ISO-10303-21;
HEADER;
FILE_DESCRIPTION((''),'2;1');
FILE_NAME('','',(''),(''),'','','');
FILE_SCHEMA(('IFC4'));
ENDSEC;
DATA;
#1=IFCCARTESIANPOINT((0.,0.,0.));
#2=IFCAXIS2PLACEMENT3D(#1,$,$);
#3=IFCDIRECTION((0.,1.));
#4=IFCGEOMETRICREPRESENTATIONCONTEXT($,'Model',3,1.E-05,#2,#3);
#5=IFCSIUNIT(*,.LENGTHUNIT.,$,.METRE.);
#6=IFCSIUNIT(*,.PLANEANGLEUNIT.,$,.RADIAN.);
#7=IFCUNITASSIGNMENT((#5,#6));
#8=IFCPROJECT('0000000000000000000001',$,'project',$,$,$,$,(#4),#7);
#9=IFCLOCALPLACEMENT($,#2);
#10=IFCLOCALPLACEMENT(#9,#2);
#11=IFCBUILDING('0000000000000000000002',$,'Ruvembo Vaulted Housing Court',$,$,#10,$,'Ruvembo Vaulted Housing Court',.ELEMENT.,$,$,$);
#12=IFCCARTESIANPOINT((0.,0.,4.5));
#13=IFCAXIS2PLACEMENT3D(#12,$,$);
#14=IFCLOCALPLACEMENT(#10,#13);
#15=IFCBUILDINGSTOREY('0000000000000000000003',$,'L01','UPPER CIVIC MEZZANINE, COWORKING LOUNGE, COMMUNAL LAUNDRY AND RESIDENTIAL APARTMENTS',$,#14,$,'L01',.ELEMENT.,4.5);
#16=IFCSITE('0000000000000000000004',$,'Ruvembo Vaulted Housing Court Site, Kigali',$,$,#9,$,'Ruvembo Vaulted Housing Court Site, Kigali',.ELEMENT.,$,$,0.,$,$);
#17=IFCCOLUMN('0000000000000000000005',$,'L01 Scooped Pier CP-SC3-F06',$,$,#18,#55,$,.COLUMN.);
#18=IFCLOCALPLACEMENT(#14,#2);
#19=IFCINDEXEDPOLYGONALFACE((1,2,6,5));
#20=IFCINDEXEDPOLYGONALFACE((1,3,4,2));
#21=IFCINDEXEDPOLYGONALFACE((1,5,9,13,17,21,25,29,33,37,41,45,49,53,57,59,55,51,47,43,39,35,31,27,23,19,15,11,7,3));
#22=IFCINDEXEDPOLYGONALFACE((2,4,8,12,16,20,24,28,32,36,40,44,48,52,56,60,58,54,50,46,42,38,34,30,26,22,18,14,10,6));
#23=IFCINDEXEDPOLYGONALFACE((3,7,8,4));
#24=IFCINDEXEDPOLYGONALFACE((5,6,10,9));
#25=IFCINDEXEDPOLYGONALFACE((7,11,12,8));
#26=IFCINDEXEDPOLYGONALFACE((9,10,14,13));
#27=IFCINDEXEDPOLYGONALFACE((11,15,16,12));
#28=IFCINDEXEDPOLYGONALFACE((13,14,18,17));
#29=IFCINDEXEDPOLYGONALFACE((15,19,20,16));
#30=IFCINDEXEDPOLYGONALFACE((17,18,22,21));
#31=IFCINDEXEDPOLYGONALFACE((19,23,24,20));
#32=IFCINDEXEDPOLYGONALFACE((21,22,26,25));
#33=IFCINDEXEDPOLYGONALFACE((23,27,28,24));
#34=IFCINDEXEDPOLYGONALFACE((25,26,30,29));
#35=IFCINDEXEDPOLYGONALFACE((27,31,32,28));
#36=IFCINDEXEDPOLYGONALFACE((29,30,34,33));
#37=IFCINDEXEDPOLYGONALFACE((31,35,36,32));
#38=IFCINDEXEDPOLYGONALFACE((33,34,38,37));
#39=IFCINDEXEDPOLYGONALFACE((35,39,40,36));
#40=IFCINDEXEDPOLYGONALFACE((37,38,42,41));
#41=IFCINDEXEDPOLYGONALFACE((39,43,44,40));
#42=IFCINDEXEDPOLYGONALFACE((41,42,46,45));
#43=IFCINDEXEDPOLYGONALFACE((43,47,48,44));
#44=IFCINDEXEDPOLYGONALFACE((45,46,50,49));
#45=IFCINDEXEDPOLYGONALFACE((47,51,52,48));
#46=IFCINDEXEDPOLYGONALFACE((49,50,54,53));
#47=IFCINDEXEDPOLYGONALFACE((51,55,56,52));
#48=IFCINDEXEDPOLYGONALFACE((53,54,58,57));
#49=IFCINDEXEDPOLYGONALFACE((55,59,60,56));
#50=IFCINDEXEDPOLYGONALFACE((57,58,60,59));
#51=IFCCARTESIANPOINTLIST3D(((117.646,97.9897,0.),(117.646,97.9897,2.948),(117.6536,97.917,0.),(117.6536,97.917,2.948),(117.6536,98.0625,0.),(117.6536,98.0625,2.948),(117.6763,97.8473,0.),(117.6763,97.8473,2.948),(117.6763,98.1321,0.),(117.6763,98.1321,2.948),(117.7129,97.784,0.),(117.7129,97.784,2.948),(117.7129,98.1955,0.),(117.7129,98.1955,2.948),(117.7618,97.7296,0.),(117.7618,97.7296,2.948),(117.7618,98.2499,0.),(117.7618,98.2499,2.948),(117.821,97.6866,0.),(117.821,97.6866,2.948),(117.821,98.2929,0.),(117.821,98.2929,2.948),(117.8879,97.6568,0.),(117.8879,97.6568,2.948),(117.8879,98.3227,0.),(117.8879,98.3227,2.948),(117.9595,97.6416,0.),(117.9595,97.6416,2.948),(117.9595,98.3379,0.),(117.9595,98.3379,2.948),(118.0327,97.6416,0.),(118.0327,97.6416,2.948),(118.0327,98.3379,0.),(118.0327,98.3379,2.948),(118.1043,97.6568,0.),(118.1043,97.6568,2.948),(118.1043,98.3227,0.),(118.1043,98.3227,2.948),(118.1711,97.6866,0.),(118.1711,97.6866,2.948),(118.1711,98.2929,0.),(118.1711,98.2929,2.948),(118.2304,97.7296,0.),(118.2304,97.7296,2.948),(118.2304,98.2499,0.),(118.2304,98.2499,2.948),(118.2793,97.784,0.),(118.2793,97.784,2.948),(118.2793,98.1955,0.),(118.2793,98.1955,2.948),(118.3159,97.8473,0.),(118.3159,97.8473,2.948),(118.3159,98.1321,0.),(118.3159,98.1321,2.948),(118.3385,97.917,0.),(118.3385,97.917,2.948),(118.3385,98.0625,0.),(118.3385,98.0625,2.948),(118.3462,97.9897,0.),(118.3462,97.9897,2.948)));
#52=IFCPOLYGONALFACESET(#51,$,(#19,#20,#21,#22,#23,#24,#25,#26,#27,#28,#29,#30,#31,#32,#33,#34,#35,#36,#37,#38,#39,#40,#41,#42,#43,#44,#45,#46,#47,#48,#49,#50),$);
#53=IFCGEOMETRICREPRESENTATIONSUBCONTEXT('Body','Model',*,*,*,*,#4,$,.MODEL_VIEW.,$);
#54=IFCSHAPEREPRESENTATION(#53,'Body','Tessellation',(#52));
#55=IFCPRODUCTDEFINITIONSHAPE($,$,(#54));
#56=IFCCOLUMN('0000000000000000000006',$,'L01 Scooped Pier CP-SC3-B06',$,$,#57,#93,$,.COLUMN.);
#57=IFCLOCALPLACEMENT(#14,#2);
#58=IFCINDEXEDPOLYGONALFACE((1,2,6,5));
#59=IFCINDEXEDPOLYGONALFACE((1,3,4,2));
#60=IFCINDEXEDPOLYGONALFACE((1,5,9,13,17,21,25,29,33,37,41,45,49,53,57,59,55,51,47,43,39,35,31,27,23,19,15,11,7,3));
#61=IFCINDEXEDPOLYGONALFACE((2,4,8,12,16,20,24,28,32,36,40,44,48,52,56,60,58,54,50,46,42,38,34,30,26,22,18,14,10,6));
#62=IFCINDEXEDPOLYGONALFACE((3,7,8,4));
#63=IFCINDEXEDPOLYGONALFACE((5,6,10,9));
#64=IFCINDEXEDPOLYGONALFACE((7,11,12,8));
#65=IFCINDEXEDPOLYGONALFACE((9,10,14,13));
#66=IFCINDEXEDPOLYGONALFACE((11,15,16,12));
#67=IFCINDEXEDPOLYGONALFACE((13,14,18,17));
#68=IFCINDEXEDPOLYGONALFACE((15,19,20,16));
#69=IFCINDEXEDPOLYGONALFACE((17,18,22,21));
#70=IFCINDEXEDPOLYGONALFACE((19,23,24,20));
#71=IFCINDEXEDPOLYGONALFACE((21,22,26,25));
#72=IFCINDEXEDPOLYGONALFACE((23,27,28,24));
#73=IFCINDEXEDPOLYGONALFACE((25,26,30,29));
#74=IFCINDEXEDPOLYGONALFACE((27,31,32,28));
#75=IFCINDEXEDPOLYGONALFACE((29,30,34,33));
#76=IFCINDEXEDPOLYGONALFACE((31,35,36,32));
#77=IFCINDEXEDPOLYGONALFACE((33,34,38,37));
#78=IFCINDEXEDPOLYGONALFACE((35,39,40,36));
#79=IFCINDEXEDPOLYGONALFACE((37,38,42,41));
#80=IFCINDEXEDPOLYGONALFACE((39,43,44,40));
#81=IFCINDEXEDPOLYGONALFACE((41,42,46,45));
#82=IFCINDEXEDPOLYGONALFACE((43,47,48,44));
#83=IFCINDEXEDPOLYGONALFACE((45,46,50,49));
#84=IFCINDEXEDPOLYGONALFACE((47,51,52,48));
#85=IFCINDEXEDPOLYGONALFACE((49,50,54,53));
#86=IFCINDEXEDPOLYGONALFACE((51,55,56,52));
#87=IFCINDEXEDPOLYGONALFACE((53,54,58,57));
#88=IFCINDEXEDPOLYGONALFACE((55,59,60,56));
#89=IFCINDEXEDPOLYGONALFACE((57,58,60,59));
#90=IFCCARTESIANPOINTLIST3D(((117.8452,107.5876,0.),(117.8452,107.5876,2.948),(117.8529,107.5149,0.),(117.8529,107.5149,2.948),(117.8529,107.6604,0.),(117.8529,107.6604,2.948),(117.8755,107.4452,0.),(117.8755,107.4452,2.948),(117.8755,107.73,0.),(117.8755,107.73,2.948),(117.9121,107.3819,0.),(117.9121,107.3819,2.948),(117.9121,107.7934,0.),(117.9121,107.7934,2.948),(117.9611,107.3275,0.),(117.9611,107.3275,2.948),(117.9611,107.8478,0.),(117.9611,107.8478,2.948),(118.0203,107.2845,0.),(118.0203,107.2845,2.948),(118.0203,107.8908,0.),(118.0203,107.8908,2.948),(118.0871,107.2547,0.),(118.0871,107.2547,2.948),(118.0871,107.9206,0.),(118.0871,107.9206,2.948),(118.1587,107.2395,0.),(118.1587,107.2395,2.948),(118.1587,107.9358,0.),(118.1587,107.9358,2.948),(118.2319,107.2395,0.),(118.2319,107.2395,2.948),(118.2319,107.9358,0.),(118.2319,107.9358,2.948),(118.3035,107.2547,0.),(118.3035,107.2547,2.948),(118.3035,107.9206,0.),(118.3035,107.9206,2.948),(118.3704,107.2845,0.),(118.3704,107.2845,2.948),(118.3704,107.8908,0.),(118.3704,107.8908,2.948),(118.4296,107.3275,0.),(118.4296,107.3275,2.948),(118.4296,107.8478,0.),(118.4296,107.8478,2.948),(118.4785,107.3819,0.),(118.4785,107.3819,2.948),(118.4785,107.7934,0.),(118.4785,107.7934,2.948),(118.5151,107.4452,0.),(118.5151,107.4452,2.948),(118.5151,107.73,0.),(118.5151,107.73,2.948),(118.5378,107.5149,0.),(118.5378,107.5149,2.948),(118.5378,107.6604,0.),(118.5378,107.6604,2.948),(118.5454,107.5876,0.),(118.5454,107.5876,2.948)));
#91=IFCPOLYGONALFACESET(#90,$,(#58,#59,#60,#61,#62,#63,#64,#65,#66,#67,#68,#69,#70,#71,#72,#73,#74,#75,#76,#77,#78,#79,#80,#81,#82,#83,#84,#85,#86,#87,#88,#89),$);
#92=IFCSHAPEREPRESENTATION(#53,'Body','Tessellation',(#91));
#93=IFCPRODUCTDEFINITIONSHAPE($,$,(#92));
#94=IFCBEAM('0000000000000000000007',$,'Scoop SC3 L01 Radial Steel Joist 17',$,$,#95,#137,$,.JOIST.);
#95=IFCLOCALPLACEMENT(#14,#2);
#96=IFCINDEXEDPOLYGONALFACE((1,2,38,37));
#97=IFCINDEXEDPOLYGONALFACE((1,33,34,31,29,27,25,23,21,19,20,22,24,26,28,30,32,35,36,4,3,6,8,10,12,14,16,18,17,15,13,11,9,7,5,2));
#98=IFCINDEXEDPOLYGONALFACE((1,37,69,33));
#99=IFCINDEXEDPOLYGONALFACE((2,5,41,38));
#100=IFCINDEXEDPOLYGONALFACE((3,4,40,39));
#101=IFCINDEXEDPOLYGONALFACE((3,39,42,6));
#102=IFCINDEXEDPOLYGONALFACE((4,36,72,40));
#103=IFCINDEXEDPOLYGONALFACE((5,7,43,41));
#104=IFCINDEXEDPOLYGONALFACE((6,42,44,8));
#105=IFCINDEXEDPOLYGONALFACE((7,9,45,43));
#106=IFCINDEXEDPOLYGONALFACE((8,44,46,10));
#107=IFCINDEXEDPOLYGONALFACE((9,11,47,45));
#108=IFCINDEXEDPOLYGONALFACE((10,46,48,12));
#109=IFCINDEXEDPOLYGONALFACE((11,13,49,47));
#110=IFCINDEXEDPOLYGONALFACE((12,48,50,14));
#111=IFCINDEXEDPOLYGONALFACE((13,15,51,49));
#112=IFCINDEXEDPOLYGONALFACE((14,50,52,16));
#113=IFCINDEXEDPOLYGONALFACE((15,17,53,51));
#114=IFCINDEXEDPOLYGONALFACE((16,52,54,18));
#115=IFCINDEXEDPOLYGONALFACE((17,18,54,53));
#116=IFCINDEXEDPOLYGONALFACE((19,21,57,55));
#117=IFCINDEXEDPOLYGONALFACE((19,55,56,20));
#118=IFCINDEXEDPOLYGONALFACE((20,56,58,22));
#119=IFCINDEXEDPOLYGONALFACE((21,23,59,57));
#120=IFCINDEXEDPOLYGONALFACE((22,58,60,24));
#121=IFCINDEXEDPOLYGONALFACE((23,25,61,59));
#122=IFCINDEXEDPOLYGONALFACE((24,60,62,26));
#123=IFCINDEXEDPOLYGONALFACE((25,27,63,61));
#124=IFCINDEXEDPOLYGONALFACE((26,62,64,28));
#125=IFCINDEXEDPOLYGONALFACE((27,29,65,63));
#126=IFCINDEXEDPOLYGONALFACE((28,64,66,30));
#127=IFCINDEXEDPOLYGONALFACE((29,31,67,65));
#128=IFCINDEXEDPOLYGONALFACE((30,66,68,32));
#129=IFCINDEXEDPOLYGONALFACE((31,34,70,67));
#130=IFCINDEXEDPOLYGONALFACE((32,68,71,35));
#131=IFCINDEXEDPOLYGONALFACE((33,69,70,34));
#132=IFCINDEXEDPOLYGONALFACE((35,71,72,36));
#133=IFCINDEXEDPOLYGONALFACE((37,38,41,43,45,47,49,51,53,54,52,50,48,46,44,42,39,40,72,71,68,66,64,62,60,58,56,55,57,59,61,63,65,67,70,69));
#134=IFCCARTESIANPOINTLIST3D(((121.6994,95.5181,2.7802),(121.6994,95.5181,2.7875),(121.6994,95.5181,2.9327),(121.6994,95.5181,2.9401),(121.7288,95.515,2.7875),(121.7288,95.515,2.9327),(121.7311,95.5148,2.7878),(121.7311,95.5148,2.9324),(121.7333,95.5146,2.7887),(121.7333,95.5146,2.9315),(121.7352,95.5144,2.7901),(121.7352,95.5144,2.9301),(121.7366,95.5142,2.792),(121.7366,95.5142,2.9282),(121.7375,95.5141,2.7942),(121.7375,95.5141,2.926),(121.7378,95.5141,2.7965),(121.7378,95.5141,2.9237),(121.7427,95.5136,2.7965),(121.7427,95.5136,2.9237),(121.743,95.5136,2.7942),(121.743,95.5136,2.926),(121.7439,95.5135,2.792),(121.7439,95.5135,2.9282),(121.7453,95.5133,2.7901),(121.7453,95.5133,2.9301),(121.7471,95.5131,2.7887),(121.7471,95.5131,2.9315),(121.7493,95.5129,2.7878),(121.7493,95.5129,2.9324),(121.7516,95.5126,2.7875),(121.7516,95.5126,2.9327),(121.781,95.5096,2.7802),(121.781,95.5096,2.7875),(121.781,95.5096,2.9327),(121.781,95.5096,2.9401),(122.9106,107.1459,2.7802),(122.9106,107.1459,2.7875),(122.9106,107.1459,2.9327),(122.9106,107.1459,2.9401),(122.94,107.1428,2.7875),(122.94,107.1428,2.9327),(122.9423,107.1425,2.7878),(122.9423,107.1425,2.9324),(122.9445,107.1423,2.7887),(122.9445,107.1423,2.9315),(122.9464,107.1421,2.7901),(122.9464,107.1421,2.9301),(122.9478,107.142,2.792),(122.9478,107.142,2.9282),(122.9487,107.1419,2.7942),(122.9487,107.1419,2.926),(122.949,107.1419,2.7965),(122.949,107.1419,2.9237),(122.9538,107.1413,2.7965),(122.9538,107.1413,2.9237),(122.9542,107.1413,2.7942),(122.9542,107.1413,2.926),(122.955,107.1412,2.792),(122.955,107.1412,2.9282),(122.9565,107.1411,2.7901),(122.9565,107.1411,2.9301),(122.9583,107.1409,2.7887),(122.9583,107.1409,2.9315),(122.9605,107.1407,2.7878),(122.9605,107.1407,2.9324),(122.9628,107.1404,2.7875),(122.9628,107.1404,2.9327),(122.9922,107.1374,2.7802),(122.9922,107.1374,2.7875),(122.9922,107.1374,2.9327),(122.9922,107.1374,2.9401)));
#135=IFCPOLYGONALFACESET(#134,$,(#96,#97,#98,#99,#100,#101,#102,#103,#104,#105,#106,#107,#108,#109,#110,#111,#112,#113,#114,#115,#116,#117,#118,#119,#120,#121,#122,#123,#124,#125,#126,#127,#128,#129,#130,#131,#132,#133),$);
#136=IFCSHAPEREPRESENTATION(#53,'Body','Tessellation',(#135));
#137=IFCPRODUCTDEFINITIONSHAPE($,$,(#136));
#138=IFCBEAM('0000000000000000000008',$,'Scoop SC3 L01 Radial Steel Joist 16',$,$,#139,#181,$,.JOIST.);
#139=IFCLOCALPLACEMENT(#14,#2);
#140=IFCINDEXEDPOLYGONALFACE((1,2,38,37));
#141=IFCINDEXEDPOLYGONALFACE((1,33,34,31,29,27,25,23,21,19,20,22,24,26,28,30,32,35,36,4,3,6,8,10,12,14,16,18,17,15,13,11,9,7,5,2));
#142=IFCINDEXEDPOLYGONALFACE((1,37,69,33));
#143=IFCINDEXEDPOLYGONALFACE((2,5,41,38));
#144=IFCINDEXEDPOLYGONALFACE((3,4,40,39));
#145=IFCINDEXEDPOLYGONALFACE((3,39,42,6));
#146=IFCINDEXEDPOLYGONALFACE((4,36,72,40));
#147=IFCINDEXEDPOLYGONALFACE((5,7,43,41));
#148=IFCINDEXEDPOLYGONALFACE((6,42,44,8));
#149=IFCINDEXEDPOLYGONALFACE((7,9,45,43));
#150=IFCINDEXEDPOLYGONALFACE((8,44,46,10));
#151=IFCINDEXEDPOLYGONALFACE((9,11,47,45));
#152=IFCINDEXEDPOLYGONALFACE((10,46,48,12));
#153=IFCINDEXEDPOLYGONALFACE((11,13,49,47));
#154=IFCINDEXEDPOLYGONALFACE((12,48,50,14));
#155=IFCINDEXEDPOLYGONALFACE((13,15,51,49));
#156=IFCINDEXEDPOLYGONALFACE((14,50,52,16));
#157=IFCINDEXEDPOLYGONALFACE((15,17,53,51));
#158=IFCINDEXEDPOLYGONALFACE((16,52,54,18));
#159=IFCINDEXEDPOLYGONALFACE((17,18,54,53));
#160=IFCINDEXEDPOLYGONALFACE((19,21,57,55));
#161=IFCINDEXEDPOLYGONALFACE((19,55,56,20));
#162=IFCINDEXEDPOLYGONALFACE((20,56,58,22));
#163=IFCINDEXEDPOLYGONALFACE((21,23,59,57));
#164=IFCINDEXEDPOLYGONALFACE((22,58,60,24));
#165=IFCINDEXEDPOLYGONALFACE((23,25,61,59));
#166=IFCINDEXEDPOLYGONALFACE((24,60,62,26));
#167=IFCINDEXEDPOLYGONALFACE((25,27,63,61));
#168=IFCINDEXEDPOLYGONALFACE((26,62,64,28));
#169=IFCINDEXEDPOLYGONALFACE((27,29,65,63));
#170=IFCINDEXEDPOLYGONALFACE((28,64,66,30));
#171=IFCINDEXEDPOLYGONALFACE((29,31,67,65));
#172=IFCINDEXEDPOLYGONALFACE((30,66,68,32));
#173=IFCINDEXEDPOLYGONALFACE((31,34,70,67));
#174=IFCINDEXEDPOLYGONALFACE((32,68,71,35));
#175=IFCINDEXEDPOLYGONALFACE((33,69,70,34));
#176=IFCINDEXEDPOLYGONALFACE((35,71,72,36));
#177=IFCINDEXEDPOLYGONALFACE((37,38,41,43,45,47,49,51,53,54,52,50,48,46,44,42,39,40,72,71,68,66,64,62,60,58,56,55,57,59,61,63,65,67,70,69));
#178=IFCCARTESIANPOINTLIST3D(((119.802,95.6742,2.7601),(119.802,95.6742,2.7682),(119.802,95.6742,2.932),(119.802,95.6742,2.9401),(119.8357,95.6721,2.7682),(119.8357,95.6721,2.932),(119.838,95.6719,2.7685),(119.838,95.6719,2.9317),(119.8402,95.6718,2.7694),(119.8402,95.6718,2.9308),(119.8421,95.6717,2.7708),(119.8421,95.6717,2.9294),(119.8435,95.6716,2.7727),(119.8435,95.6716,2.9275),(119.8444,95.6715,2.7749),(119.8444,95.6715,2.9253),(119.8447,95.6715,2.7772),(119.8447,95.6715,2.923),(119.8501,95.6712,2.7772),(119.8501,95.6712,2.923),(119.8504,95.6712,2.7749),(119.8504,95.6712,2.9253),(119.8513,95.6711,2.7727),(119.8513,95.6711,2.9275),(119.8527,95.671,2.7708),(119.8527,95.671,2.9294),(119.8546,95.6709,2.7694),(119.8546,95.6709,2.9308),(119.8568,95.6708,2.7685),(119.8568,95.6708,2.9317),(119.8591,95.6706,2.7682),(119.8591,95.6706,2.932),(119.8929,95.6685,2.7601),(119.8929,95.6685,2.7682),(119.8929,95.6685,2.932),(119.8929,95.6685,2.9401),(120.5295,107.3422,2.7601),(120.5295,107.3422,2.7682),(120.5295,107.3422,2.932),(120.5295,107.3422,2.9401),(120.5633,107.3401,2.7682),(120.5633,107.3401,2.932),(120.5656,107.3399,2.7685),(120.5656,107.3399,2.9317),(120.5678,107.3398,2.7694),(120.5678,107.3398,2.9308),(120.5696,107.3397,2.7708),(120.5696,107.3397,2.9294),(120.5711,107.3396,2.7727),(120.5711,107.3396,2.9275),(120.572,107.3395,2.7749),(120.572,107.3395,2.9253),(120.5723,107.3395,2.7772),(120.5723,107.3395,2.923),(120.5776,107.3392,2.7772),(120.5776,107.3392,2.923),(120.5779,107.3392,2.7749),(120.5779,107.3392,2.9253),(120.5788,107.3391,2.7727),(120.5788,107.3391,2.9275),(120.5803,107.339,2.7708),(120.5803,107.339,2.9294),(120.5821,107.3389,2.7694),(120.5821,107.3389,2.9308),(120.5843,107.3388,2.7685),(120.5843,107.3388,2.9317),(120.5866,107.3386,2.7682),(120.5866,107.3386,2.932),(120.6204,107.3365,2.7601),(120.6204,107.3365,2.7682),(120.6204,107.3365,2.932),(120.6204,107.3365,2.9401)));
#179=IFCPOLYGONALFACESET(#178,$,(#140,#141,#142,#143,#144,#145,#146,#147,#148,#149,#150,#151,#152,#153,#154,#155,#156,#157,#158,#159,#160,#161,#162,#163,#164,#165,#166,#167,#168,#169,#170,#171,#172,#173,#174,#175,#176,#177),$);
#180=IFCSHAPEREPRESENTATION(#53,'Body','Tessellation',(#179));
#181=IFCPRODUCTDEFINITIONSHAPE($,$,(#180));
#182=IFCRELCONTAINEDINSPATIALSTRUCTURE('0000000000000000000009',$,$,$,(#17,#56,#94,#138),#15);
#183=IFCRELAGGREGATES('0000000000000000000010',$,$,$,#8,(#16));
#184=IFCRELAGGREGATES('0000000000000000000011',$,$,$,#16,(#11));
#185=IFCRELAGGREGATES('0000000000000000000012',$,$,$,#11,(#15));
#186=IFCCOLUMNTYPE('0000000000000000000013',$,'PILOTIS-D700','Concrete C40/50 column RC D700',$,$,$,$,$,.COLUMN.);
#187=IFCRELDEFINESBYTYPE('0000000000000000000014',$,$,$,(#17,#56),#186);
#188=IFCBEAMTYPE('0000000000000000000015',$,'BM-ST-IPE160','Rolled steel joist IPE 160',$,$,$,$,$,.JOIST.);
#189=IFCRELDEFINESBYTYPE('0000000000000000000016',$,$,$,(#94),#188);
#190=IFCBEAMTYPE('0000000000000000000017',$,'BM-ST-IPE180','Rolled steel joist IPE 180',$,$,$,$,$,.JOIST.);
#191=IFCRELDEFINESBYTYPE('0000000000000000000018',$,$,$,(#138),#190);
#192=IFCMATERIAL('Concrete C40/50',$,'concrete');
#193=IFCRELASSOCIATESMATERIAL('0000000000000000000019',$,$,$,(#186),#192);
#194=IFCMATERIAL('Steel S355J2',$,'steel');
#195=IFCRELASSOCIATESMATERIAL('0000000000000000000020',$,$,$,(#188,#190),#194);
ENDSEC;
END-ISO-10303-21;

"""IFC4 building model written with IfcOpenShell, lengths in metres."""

from ifc_helpers import new_model, si_unit, direction, frame, origin, origin_2d, place, context, subcontext, project, spatial, circle, i_section, extrude, material, material_profile, profile_set, type_object, element, save


model = new_model("IFC4")

# Units and contexts
model_context = context("Model", 3, precision=1e-05, world=origin(), true_north=direction((0.0, 1.0)))
body_context = subcontext(model_context, "Body", "Model", "MODEL_VIEW")
ifc_project = project(units=[si_unit("LENGTHUNIT", "METRE"), si_unit("PLANEANGLEUNIT", "RADIAN")], contexts=[model_context])

# Site, building, storey
site_placement = place(None, origin())
site = spatial("IfcSite", under=ifc_project, at=site_placement, Name="Ruvembo Vaulted Housing Court Site, Kigali", LongName="Ruvembo Vaulted Housing Court Site, Kigali", CompositionType="ELEMENT", RefElevation=0.0)
building_placement = place(site_placement, origin())
building = spatial("IfcBuilding", under=site, at=building_placement, Name="Ruvembo Vaulted Housing Court", LongName="Ruvembo Vaulted Housing Court", CompositionType="ELEMENT")
storey_placement = place(building_placement, frame((0.0, 0.0, 4.5)))
storey = spatial("IfcBuildingStorey", under=building, at=storey_placement, Name="L01", Description="UPPER CIVIC MEZZANINE, COWORKING LOUNGE, COMMUNAL LAUNDRY AND RESIDENTIAL APARTMENTS", LongName="L01", CompositionType="ELEMENT", Elevation=4.5)

# Columns
ifc_material_1 = material(Name="Concrete C40/50", Category="concrete")
ifc_material_profile_1 = material_profile(ifc_material_1, circle(Radius=0.3501, at=origin_2d()), Name="RC D700")
ifc_profile_set_1 = profile_set([ifc_material_profile_1], Name="Concrete C40/50")
column_type = type_object("IfcColumnType", Name="PILOTIS-D700", Description="Concrete C40/50 column RC D700", PredefinedType="COLUMN", material=ifc_profile_set_1)
for number, where, z_axis, x_axis, name in (
    (1, (117.9961, 97.9897, 0.0), (0.0, 0.0, 1.0), (1.0, 0.0, 0.0), "L01 Scooped Pier CP-SC3-F06"),
    (2, (118.1953, 107.5876, 0.0), (0.0, 0.0, 1.0), (1.0, 0.0, 0.0), "L01 Scooped Pier CP-SC3-B06"),
):
    element("IfcColumn", number, at=place(storey_placement, frame(where, z_axis=z_axis, x_axis=x_axis)), inside=storey, type_object=column_type, Name=name, PredefinedType="COLUMN", context=body_context, shape_type="SweptSolid", body=[
        extrude(circle(Radius=0.3501, at=origin_2d()), origin(), (0.0, 0.0, 1.0), 2.948),
    ])

# Beams
ifc_material_2 = material(Name="Steel S355J2", Category="steel")
ifc_material_profile_2 = material_profile(ifc_material_2, i_section(OverallWidth=0.082, OverallDepth=0.1599, WebThickness=0.0049, FlangeThickness=0.0073, FilletRadius=0.009, at=origin_2d()), Name="IPE 160")
ifc_profile_set_2 = profile_set([ifc_material_profile_2], Name="Steel S355J2")
beam_type_1 = type_object("IfcBeamType", Name="BM-ST-IPE160", Description="Rolled steel joist IPE 160", PredefinedType="JOIST", material=ifc_profile_set_2)
beam_1_placement = place(storey_placement, frame((122.9514, 107.1416, 2.8601), z_axis=(-0.103603, -0.994619, 0.0), x_axis=(0.994619, -0.103603, 0.0)))
element("IfcBeam", 3, at=beam_1_placement, inside=storey, type_object=beam_type_1, Name="Scoop SC3 L01 Radial Steel Joist 17", PredefinedType="JOIST", context=body_context, shape_type="SweptSolid", body=[
    extrude(i_section(OverallWidth=0.082, OverallDepth=0.1599, WebThickness=0.0049, FlangeThickness=0.0073, FilletRadius=0.009, at=origin_2d()), origin(), (0.0, 0.0, 1.0), 11.6907),
])
ifc_material_profile_3 = material_profile(ifc_material_2, i_section(OverallWidth=0.0911, OverallDepth=0.1799, WebThickness=0.0054, FlangeThickness=0.0081, FilletRadius=0.009, at=origin_2d()), Name="IPE 180")
ifc_profile_set_3 = profile_set([ifc_material_profile_3], Name="Steel S355J2")
beam_type_2 = type_object("IfcBeamType", Name="BM-ST-IPE180", Description="Rolled steel joist IPE 180", PredefinedType="JOIST", material=ifc_profile_set_3)
beam_2_placement = place(storey_placement, frame((120.575, 107.3394, 2.8501), z_axis=(-0.062233, -0.998062, 0.0), x_axis=(0.998062, -0.062233, 0.0)))
element("IfcBeam", 4, at=beam_2_placement, inside=storey, type_object=beam_type_2, Name="Scoop SC3 L01 Radial Steel Joist 16", PredefinedType="JOIST", context=body_context, shape_type="SweptSolid", body=[
    extrude(i_section(OverallWidth=0.0911, OverallDepth=0.1799, WebThickness=0.0054, FlangeThickness=0.0081, FilletRadius=0.009, at=origin_2d()), origin(), (0.0, 0.0, 1.0), 11.6907),
])

save(model, "model.ifc")
